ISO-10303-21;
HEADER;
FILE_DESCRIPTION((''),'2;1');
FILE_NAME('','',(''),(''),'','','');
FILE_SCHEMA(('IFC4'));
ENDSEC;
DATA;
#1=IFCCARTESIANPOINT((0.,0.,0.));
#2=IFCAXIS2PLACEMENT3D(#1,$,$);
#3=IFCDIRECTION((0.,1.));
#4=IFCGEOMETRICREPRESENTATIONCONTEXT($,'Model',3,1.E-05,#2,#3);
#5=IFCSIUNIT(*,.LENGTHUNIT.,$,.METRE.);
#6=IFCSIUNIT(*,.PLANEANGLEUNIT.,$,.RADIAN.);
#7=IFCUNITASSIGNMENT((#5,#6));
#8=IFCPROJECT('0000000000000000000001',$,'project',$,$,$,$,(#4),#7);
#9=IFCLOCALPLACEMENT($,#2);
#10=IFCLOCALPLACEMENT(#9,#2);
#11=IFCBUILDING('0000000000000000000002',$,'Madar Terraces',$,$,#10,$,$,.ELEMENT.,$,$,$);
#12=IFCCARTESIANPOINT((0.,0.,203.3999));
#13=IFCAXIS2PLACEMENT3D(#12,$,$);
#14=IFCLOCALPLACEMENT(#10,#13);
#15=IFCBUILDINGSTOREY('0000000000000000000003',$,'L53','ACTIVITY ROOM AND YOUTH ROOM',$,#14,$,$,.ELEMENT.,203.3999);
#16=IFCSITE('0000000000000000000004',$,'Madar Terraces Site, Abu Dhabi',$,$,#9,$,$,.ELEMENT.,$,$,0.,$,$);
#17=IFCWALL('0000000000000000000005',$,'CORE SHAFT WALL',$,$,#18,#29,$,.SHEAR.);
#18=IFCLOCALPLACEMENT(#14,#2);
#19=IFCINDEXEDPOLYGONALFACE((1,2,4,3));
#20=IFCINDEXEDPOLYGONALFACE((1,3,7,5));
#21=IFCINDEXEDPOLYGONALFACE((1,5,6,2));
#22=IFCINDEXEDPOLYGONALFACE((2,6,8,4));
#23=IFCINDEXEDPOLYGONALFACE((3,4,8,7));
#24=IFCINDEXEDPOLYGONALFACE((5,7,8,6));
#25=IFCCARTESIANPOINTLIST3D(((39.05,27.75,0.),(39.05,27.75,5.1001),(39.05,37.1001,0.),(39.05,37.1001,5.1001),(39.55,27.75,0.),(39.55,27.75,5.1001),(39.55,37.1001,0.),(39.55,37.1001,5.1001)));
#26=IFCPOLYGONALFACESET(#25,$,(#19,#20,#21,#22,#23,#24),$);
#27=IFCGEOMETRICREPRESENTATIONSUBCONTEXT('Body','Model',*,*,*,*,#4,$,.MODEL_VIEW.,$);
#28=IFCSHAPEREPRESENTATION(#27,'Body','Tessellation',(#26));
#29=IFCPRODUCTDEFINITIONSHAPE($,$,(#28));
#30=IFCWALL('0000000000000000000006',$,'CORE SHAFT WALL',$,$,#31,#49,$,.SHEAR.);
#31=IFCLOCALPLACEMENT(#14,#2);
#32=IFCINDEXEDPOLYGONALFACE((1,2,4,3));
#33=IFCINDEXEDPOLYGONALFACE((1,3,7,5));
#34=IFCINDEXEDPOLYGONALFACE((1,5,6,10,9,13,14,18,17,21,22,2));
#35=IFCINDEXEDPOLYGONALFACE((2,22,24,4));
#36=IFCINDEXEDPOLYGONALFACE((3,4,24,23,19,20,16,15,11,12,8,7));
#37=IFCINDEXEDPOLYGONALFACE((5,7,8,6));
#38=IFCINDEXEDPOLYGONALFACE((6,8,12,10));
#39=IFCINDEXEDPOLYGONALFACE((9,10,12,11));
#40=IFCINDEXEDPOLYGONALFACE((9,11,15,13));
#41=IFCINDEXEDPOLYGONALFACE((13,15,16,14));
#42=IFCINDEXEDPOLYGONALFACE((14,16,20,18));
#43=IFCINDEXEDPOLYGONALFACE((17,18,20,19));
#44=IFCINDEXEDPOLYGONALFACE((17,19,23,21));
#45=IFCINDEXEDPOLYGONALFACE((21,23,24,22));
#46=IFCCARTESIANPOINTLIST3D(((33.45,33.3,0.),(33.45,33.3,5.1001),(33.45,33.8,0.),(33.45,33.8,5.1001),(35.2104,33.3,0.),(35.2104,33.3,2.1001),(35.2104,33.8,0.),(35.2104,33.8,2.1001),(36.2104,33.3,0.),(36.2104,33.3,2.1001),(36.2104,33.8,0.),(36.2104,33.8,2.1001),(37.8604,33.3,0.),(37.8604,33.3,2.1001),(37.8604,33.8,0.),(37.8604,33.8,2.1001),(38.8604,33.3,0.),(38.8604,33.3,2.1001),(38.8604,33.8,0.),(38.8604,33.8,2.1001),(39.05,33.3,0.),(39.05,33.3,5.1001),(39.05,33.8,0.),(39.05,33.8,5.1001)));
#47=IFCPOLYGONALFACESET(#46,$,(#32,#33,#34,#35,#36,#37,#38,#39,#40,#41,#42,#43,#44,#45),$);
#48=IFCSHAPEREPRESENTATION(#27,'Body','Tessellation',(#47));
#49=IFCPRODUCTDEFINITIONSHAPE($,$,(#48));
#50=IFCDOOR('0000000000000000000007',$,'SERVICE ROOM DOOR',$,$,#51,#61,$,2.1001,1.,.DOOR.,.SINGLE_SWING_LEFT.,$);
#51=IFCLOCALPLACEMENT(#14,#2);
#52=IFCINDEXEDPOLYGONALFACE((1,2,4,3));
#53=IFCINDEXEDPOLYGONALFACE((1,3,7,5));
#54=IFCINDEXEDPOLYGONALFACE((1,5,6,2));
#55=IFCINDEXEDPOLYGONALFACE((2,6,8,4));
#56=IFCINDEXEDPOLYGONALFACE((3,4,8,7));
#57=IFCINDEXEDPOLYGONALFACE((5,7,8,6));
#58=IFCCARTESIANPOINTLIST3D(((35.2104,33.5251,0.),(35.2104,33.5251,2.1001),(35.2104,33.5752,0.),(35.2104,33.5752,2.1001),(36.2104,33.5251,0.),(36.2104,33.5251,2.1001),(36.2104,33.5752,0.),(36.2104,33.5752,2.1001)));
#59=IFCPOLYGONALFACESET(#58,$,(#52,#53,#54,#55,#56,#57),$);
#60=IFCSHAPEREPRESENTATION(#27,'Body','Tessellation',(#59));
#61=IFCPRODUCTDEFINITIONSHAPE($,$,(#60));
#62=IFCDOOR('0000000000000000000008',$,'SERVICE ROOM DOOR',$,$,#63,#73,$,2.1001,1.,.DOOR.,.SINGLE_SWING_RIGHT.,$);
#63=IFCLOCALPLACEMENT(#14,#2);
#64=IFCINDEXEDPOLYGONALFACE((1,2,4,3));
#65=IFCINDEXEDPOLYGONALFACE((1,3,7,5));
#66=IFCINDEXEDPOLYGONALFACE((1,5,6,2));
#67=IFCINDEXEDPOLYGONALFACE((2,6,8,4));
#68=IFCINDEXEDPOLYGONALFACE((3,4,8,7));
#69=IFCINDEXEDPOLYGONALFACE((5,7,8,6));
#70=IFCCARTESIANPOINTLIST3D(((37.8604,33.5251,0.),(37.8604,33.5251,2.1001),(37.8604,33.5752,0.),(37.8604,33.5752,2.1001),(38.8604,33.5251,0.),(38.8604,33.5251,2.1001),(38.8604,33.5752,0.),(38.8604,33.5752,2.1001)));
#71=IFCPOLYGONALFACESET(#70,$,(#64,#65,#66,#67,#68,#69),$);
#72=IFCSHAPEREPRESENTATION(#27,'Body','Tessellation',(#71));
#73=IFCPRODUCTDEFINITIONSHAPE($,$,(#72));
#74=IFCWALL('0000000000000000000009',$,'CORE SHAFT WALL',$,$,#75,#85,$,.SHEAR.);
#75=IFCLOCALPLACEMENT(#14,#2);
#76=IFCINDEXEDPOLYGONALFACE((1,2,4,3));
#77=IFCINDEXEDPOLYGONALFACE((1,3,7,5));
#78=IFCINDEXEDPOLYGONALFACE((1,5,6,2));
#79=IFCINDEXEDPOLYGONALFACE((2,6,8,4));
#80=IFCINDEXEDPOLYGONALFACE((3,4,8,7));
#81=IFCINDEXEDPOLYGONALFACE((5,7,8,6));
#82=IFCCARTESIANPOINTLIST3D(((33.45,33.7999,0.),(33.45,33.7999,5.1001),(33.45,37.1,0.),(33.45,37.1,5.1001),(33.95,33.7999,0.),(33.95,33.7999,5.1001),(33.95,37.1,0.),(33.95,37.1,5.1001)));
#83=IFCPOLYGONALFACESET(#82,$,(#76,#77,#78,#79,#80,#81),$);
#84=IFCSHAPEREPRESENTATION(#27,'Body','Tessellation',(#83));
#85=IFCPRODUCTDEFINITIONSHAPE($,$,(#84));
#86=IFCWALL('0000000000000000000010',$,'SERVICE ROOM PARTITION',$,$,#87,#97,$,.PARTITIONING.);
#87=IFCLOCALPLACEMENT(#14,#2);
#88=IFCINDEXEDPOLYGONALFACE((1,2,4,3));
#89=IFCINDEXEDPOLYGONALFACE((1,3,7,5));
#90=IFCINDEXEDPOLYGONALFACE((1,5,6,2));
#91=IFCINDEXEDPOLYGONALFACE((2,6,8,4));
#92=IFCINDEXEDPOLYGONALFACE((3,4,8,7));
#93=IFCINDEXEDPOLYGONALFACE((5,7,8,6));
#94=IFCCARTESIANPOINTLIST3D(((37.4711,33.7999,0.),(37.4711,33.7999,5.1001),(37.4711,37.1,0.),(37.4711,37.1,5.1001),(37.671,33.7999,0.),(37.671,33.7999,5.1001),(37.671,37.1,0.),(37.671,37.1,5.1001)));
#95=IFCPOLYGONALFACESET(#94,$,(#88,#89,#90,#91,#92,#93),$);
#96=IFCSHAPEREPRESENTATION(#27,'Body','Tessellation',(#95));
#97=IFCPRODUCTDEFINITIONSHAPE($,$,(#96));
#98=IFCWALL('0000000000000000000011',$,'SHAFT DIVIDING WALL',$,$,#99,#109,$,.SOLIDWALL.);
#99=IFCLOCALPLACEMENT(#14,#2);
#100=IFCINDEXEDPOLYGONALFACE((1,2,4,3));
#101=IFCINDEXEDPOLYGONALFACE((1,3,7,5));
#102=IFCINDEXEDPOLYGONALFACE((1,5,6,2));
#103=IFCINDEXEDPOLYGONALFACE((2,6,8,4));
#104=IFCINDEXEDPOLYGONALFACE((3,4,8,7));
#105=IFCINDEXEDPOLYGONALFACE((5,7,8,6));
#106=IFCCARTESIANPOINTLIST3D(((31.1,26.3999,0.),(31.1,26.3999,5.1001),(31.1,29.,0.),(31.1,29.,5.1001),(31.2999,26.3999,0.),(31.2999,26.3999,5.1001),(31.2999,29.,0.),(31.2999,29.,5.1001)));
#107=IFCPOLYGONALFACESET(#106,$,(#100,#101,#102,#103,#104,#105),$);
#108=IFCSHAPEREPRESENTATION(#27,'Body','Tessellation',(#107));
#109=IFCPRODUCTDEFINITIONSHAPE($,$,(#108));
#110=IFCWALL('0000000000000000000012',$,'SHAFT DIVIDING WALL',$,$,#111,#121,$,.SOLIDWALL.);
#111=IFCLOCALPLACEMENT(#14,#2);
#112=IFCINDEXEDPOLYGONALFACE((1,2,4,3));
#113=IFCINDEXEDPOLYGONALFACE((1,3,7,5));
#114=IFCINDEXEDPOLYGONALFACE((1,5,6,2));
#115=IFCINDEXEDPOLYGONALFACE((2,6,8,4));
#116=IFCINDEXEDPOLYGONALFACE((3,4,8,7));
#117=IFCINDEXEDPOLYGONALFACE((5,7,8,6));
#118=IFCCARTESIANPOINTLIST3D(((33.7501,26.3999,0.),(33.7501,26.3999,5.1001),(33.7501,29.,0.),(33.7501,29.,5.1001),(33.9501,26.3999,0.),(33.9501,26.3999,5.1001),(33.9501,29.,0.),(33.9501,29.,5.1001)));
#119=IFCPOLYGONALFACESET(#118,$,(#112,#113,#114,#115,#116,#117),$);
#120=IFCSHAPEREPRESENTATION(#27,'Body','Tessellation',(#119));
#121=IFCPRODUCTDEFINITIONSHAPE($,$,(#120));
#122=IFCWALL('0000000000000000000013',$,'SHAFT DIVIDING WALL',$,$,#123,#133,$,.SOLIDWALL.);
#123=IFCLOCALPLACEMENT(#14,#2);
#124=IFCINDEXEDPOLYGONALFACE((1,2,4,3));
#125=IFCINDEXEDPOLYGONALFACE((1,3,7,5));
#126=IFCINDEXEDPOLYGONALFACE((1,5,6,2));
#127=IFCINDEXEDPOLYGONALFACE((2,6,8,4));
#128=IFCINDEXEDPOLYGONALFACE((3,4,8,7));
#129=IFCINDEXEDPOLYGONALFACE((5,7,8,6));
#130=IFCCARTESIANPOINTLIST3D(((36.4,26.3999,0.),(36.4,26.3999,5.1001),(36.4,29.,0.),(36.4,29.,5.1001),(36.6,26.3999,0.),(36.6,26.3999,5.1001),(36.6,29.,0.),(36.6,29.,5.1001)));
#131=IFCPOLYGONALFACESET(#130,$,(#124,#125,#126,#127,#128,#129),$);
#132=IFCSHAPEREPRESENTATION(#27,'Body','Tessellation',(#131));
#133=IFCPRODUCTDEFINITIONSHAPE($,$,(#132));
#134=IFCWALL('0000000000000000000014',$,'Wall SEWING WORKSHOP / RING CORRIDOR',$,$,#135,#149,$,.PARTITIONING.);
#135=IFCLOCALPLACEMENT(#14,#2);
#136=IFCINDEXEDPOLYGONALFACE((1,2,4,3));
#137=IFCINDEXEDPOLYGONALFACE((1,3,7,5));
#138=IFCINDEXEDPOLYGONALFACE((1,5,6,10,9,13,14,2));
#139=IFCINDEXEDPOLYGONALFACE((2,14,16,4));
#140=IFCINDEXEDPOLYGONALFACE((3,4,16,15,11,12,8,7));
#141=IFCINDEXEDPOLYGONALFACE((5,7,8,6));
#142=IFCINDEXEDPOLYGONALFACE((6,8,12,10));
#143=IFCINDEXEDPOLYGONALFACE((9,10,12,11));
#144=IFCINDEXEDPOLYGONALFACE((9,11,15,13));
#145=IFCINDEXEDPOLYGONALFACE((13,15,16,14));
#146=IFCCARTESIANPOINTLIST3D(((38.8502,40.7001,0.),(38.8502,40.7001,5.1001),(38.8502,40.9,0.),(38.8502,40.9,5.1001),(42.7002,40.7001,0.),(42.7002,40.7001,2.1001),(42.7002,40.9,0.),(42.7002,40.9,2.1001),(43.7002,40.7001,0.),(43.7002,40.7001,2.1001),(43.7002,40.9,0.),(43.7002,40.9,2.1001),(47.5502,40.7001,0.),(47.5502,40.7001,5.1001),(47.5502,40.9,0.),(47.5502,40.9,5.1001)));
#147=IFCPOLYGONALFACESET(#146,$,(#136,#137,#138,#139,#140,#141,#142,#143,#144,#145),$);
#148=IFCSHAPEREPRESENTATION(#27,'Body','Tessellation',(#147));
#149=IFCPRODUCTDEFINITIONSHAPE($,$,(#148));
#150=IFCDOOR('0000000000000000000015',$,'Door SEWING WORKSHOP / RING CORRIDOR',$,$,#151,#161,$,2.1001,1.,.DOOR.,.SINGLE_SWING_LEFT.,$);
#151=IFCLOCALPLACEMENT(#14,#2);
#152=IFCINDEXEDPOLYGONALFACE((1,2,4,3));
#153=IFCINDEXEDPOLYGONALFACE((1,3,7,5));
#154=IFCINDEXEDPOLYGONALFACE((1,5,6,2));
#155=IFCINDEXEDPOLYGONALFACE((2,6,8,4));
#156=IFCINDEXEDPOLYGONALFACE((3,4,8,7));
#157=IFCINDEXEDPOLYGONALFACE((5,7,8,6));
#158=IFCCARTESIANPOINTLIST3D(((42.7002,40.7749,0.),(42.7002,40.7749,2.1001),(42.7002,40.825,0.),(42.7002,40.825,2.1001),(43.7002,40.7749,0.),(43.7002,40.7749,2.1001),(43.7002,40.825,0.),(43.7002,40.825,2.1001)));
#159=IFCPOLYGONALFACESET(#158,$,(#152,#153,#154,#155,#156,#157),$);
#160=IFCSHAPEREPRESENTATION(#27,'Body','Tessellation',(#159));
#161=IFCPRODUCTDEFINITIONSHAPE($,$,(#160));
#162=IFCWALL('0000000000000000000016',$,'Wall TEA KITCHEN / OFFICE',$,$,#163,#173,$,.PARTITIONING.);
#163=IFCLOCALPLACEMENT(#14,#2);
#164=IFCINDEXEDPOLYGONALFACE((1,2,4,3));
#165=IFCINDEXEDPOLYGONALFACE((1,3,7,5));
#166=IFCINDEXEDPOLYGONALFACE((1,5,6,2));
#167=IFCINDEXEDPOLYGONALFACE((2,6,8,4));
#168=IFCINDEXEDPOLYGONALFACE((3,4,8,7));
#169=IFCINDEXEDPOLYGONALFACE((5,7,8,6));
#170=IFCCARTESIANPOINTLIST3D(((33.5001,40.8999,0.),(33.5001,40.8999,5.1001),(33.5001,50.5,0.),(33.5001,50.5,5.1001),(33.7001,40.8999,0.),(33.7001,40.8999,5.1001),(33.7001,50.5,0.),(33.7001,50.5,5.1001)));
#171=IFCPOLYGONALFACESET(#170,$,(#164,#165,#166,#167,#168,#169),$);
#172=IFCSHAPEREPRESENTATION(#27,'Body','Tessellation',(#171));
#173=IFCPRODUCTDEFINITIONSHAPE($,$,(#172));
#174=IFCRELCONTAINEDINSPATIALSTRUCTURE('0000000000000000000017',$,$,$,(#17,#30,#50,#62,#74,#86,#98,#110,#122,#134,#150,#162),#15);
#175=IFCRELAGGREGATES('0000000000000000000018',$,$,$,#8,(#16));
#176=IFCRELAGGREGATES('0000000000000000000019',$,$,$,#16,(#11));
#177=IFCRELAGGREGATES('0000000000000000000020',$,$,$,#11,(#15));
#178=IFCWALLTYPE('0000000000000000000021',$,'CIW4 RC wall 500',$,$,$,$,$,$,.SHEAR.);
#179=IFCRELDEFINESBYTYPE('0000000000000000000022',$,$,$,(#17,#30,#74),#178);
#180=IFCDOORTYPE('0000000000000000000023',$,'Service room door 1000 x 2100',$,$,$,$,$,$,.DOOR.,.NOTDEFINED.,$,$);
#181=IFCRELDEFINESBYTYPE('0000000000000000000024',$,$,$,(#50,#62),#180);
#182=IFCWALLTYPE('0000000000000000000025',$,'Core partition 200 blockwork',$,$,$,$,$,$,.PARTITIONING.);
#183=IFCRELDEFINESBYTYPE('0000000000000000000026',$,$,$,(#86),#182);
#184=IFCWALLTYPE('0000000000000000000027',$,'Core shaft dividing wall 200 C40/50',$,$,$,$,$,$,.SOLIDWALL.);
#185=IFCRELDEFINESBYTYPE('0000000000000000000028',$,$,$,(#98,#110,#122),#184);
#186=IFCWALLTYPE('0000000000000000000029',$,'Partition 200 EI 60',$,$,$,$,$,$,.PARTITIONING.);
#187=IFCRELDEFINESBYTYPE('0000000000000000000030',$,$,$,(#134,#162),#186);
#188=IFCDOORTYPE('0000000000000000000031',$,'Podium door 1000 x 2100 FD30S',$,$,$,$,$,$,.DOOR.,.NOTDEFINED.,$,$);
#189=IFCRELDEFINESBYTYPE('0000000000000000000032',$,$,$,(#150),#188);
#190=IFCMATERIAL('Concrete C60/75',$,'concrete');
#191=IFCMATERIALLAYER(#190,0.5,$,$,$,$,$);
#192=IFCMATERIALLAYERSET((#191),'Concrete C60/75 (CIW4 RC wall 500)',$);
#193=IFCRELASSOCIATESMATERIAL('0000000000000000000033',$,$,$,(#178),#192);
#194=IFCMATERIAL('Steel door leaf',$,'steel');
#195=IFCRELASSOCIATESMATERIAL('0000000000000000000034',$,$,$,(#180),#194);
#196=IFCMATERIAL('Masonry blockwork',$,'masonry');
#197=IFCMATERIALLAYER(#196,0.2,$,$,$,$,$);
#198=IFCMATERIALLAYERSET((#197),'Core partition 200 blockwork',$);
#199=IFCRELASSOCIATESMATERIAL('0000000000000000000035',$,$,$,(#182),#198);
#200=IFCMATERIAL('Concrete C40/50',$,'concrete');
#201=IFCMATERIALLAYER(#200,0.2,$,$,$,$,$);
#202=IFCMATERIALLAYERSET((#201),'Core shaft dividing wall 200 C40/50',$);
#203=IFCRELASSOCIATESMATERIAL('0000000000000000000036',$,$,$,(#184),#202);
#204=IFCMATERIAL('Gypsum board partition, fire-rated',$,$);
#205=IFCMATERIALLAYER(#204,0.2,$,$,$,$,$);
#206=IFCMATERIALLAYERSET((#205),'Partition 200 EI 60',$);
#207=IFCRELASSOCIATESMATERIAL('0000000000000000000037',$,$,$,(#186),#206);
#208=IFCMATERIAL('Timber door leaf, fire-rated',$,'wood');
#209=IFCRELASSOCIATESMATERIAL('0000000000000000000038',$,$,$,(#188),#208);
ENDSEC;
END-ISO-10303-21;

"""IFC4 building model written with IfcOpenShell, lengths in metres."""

from ifc_helpers import new_model, si_unit, direction, frame, frame_2d, origin, place, context, subcontext, project, spatial, rectangle, extrude, material, layer, layer_set, type_object, element, fill, save


model = new_model("IFC4")

# Units and contexts
model_context = context("Model", 3, precision=1e-05, world=origin(), true_north=direction((0.0, 1.0)))
body_context = subcontext(model_context, "Body", "Model", "MODEL_VIEW")
ifc_project = project(units=[si_unit("LENGTHUNIT", "METRE"), si_unit("PLANEANGLEUNIT", "RADIAN")], contexts=[model_context])

# Site, building, storey
site_placement = place(None, origin())
site = spatial("IfcSite", under=ifc_project, at=site_placement, Name="Madar Terraces Site, Abu Dhabi", CompositionType="ELEMENT", RefElevation=0.0)
building_placement = place(site_placement, origin())
building = spatial("IfcBuilding", under=site, at=building_placement, Name="Madar Terraces", CompositionType="ELEMENT")
storey_placement = place(building_placement, frame((0.0, 0.0, 203.3999)))
storey = spatial("IfcBuildingStorey", under=building, at=storey_placement, Name="L53", Description="ACTIVITY ROOM AND YOUTH ROOM", CompositionType="ELEMENT", Elevation=203.3999)

# Wall
ifc_material_1 = material(Name="Concrete C60/75", Category="concrete")
ifc_layer_1 = layer(ifc_material_1, 0.5)
ifc_layer_set_1 = layer_set([ifc_layer_1], Name="Concrete C60/75 (CIW4 RC wall 500)")
wall_type_1 = type_object("IfcWallType", Name="CIW4 RC wall 500", PredefinedType="SHEAR", material=ifc_layer_set_1)
wall_1_placement = place(storey_placement, frame((39.3, 27.75, 0.0), z_axis=(0.0, 0.0, 1.0), x_axis=(0.0, 1.0, 0.0)))
element("IfcWall", 1, at=wall_1_placement, inside=storey, type_object=wall_type_1, Name="CORE SHAFT WALL", PredefinedType="SHEAR", context=body_context, shape_type="SweptSolid", body=[
    extrude(rectangle(XDim=9.3501, YDim=0.5, at=frame_2d((4.675, 0.0))), origin(), (0.0, 0.0, 1.0), 5.1001),
])

# Wall, openings, doors
wall_2_placement = place(storey_placement, frame((33.45, 33.55, 0.0), z_axis=(0.0, 0.0, 1.0), x_axis=(1.0, 0.0, 0.0)))
wall_2 = element("IfcWall", 2, at=wall_2_placement, inside=storey, type_object=wall_type_1, Name="CORE SHAFT WALL", PredefinedType="SHEAR", context=body_context, shape_type="SweptSolid", body=[
    extrude(rectangle(XDim=5.6001, YDim=0.5, at=frame_2d((2.8, 0.0))), origin(), (0.0, 0.0, 1.0), 5.1001),
])
opening_1_placement = place(wall_2_placement, frame((1.7605, 0.0, 0.0)))
opening_1 = element("IfcOpeningElement", 3, at=opening_1_placement, cuts=wall_2, PredefinedType="OPENING", context=body_context, shape_type="SweptSolid", body=[
    extrude(rectangle(XDim=1.0, YDim=2.1001, at=frame_2d((0.5, 1.05))), frame((0.0, 0.26, 0.0), z_axis=(0.0, -1.0, 0.0), x_axis=(1.0, 0.0, 0.0)), (0.0, 0.0, 1.0), 0.52),
])
opening_2_placement = place(wall_2_placement, frame((4.4104, 0.0, 0.0)))
opening_2 = element("IfcOpeningElement", 4, at=opening_2_placement, cuts=wall_2, PredefinedType="OPENING", context=body_context, shape_type="SweptSolid", body=[
    extrude(rectangle(XDim=1.0, YDim=2.1001, at=frame_2d((0.5, 1.05))), frame((0.0, 0.26, 0.0), z_axis=(0.0, -1.0, 0.0), x_axis=(1.0, 0.0, 0.0)), (0.0, 0.0, 1.0), 0.52),
])
ifc_material_2 = material(Name="Steel door leaf", Category="steel")
door_type_1 = type_object("IfcDoorType", Name="Service room door 1000 x 2100", OperationType="NOTDEFINED", PredefinedType="DOOR", material=ifc_material_2)
door_1_placement = place(opening_1_placement, frame((1.0, 0.0, 0.0), z_axis=(0.0, 0.0, 1.0), x_axis=(-1.0, 0.0, 0.0)))
door_1 = element("IfcDoor", 5, at=door_1_placement, inside=storey, type_object=door_type_1, Name="SERVICE ROOM DOOR", OperationType="SINGLE_SWING_LEFT", OverallHeight=2.1001, OverallWidth=1.0, PredefinedType="DOOR", context=body_context, shape_type="SweptSolid", body=[
    extrude(rectangle(XDim=1.0, YDim=2.1001, at=frame_2d((0.5, 1.05))), frame((0.0, 0.0249, 0.0), z_axis=(0.0, -1.0, 0.0), x_axis=(1.0, 0.0, 0.0)), (0.0, 0.0, 1.0), 0.05),
])
fill(opening_1, door_1)
door_2_placement = place(opening_2_placement, frame((1.0, 0.0, 0.0), z_axis=(0.0, 0.0, 1.0), x_axis=(-1.0, 0.0, 0.0)))
door_2 = element("IfcDoor", 6, at=door_2_placement, inside=storey, type_object=door_type_1, Name="SERVICE ROOM DOOR", OperationType="SINGLE_SWING_RIGHT", OverallHeight=2.1001, OverallWidth=1.0, PredefinedType="DOOR", context=body_context, shape_type="SweptSolid", body=[
    extrude(rectangle(XDim=1.0, YDim=2.1001, at=frame_2d((0.5, 1.05))), frame((0.0, 0.0249, 0.0), z_axis=(0.0, -1.0, 0.0), x_axis=(1.0, 0.0, 0.0)), (0.0, 0.0, 1.0), 0.05),
])
fill(opening_2, door_2)

# Walls
wall_3_placement = place(storey_placement, frame((33.7, 33.8, 0.0), z_axis=(0.0, 0.0, 1.0), x_axis=(0.0, 1.0, 0.0)))
element("IfcWall", 7, at=wall_3_placement, inside=storey, type_object=wall_type_1, Name="CORE SHAFT WALL", PredefinedType="SHEAR", context=body_context, shape_type="SweptSolid", body=[
    extrude(rectangle(XDim=3.3, YDim=0.5, at=frame_2d((1.6499, 0.0))), origin(), (0.0, 0.0, 1.0), 5.1001),
])
ifc_material_3 = material(Name="Masonry blockwork", Category="masonry")
ifc_layer_2 = layer(ifc_material_3, 0.2)
ifc_layer_set_2 = layer_set([ifc_layer_2], Name="Core partition 200 blockwork")
wall_type_2 = type_object("IfcWallType", Name="Core partition 200 blockwork", PredefinedType="PARTITIONING", material=ifc_layer_set_2)
wall_4_placement = place(storey_placement, frame((37.571, 33.8, 0.0), z_axis=(0.0, 0.0, 1.0), x_axis=(0.0, 1.0, 0.0)))
element("IfcWall", 8, at=wall_4_placement, inside=storey, type_object=wall_type_2, Name="SERVICE ROOM PARTITION", PredefinedType="PARTITIONING", context=body_context, shape_type="SweptSolid", body=[
    extrude(rectangle(XDim=3.3, YDim=0.2, at=frame_2d((1.6499, 0.0))), origin(), (0.0, 0.0, 1.0), 5.1001),
])
ifc_material_4 = material(Name="Concrete C40/50", Category="concrete")
ifc_layer_3 = layer(ifc_material_4, 0.2)
ifc_layer_set_3 = layer_set([ifc_layer_3], Name="Core shaft dividing wall 200 C40/50")
wall_type_3 = type_object("IfcWallType", Name="Core shaft dividing wall 200 C40/50", PredefinedType="SOLIDWALL", material=ifc_layer_set_3)
for number, where, z_axis, x_axis, name in (
    (9, (31.2, 26.3999, 0.0), (0.0, 0.0, 1.0), (0.0, 1.0, 0.0), "SHAFT DIVIDING WALL"),
    (10, (33.8501, 26.3999, 0.0), (0.0, 0.0, 1.0), (0.0, 1.0, 0.0), "SHAFT DIVIDING WALL"),
    (11, (36.5, 26.3999, 0.0), (0.0, 0.0, 1.0), (0.0, 1.0, 0.0), "SHAFT DIVIDING WALL"),
):
    element("IfcWall", number, at=place(storey_placement, frame(where, z_axis=z_axis, x_axis=x_axis)), inside=storey, type_object=wall_type_3, Name=name, PredefinedType="SOLIDWALL", context=body_context, shape_type="SweptSolid", body=[
        extrude(rectangle(XDim=2.6001, YDim=0.2, at=frame_2d((1.3, 0.0))), origin(), (0.0, 0.0, 1.0), 5.1001),
    ])

# Wall, opening, door
ifc_material_5 = material(Name="Gypsum board partition, fire-rated")
ifc_layer_4 = layer(ifc_material_5, 0.2)
ifc_layer_set_4 = layer_set([ifc_layer_4], Name="Partition 200 EI 60")
wall_type_4 = type_object("IfcWallType", Name="Partition 200 EI 60", PredefinedType="PARTITIONING", material=ifc_layer_set_4)
wall_5_placement = place(storey_placement, frame((38.8501, 40.8, 0.0), z_axis=(0.0, 0.0, 1.0), x_axis=(1.0, 0.0, 0.0)))
wall_5 = element("IfcWall", 12, at=wall_5_placement, inside=storey, type_object=wall_type_4, Name="Wall SEWING WORKSHOP / RING CORRIDOR", PredefinedType="PARTITIONING", context=body_context, shape_type="SweptSolid", body=[
    extrude(rectangle(XDim=8.7, YDim=0.2, at=frame_2d((4.3501, 0.0))), origin(), (0.0, 0.0, 1.0), 5.1001),
])
opening_3_placement = place(wall_5_placement, frame((3.8501, 0.0, 0.0)))
opening_3 = element("IfcOpeningElement", 13, at=opening_3_placement, cuts=wall_5, PredefinedType="OPENING", context=body_context, shape_type="SweptSolid", body=[
    extrude(rectangle(XDim=1.0, YDim=2.1001, at=frame_2d((0.5, 1.05))), frame((0.0, 0.1099, 0.0), z_axis=(0.0, -1.0, 0.0), x_axis=(1.0, 0.0, 0.0)), (0.0, 0.0, 1.0), 0.22),
])
ifc_material_6 = material(Name="Timber door leaf, fire-rated", Category="wood")
door_type_2 = type_object("IfcDoorType", Name="Podium door 1000 x 2100 FD30S", OperationType="NOTDEFINED", PredefinedType="DOOR", material=ifc_material_6)
door_3_placement = place(opening_3_placement, origin())
door_3 = element("IfcDoor", 14, at=door_3_placement, inside=storey, type_object=door_type_2, Name="Door SEWING WORKSHOP / RING CORRIDOR", OperationType="SINGLE_SWING_LEFT", OverallHeight=2.1001, OverallWidth=1.0, PredefinedType="DOOR", context=body_context, shape_type="SweptSolid", body=[
    extrude(rectangle(XDim=1.0, YDim=2.1001, at=frame_2d((0.5, 1.05))), frame((0.0, 0.0249, 0.0), z_axis=(0.0, -1.0, 0.0), x_axis=(1.0, 0.0, 0.0)), (0.0, 0.0, 1.0), 0.05),
])
fill(opening_3, door_3)

# Wall
wall_6_placement = place(storey_placement, frame((33.6001, 40.8999, 0.0), z_axis=(0.0, 0.0, 1.0), x_axis=(0.0, 1.0, 0.0)))
element("IfcWall", 15, at=wall_6_placement, inside=storey, type_object=wall_type_4, Name="Wall TEA KITCHEN / OFFICE", PredefinedType="PARTITIONING", context=body_context, shape_type="SweptSolid", body=[
    extrude(rectangle(XDim=9.6001, YDim=0.2, at=frame_2d((4.8, 0.0))), origin(), (0.0, 0.0, 1.0), 5.1001),
])

save(model, "model.ifc")
